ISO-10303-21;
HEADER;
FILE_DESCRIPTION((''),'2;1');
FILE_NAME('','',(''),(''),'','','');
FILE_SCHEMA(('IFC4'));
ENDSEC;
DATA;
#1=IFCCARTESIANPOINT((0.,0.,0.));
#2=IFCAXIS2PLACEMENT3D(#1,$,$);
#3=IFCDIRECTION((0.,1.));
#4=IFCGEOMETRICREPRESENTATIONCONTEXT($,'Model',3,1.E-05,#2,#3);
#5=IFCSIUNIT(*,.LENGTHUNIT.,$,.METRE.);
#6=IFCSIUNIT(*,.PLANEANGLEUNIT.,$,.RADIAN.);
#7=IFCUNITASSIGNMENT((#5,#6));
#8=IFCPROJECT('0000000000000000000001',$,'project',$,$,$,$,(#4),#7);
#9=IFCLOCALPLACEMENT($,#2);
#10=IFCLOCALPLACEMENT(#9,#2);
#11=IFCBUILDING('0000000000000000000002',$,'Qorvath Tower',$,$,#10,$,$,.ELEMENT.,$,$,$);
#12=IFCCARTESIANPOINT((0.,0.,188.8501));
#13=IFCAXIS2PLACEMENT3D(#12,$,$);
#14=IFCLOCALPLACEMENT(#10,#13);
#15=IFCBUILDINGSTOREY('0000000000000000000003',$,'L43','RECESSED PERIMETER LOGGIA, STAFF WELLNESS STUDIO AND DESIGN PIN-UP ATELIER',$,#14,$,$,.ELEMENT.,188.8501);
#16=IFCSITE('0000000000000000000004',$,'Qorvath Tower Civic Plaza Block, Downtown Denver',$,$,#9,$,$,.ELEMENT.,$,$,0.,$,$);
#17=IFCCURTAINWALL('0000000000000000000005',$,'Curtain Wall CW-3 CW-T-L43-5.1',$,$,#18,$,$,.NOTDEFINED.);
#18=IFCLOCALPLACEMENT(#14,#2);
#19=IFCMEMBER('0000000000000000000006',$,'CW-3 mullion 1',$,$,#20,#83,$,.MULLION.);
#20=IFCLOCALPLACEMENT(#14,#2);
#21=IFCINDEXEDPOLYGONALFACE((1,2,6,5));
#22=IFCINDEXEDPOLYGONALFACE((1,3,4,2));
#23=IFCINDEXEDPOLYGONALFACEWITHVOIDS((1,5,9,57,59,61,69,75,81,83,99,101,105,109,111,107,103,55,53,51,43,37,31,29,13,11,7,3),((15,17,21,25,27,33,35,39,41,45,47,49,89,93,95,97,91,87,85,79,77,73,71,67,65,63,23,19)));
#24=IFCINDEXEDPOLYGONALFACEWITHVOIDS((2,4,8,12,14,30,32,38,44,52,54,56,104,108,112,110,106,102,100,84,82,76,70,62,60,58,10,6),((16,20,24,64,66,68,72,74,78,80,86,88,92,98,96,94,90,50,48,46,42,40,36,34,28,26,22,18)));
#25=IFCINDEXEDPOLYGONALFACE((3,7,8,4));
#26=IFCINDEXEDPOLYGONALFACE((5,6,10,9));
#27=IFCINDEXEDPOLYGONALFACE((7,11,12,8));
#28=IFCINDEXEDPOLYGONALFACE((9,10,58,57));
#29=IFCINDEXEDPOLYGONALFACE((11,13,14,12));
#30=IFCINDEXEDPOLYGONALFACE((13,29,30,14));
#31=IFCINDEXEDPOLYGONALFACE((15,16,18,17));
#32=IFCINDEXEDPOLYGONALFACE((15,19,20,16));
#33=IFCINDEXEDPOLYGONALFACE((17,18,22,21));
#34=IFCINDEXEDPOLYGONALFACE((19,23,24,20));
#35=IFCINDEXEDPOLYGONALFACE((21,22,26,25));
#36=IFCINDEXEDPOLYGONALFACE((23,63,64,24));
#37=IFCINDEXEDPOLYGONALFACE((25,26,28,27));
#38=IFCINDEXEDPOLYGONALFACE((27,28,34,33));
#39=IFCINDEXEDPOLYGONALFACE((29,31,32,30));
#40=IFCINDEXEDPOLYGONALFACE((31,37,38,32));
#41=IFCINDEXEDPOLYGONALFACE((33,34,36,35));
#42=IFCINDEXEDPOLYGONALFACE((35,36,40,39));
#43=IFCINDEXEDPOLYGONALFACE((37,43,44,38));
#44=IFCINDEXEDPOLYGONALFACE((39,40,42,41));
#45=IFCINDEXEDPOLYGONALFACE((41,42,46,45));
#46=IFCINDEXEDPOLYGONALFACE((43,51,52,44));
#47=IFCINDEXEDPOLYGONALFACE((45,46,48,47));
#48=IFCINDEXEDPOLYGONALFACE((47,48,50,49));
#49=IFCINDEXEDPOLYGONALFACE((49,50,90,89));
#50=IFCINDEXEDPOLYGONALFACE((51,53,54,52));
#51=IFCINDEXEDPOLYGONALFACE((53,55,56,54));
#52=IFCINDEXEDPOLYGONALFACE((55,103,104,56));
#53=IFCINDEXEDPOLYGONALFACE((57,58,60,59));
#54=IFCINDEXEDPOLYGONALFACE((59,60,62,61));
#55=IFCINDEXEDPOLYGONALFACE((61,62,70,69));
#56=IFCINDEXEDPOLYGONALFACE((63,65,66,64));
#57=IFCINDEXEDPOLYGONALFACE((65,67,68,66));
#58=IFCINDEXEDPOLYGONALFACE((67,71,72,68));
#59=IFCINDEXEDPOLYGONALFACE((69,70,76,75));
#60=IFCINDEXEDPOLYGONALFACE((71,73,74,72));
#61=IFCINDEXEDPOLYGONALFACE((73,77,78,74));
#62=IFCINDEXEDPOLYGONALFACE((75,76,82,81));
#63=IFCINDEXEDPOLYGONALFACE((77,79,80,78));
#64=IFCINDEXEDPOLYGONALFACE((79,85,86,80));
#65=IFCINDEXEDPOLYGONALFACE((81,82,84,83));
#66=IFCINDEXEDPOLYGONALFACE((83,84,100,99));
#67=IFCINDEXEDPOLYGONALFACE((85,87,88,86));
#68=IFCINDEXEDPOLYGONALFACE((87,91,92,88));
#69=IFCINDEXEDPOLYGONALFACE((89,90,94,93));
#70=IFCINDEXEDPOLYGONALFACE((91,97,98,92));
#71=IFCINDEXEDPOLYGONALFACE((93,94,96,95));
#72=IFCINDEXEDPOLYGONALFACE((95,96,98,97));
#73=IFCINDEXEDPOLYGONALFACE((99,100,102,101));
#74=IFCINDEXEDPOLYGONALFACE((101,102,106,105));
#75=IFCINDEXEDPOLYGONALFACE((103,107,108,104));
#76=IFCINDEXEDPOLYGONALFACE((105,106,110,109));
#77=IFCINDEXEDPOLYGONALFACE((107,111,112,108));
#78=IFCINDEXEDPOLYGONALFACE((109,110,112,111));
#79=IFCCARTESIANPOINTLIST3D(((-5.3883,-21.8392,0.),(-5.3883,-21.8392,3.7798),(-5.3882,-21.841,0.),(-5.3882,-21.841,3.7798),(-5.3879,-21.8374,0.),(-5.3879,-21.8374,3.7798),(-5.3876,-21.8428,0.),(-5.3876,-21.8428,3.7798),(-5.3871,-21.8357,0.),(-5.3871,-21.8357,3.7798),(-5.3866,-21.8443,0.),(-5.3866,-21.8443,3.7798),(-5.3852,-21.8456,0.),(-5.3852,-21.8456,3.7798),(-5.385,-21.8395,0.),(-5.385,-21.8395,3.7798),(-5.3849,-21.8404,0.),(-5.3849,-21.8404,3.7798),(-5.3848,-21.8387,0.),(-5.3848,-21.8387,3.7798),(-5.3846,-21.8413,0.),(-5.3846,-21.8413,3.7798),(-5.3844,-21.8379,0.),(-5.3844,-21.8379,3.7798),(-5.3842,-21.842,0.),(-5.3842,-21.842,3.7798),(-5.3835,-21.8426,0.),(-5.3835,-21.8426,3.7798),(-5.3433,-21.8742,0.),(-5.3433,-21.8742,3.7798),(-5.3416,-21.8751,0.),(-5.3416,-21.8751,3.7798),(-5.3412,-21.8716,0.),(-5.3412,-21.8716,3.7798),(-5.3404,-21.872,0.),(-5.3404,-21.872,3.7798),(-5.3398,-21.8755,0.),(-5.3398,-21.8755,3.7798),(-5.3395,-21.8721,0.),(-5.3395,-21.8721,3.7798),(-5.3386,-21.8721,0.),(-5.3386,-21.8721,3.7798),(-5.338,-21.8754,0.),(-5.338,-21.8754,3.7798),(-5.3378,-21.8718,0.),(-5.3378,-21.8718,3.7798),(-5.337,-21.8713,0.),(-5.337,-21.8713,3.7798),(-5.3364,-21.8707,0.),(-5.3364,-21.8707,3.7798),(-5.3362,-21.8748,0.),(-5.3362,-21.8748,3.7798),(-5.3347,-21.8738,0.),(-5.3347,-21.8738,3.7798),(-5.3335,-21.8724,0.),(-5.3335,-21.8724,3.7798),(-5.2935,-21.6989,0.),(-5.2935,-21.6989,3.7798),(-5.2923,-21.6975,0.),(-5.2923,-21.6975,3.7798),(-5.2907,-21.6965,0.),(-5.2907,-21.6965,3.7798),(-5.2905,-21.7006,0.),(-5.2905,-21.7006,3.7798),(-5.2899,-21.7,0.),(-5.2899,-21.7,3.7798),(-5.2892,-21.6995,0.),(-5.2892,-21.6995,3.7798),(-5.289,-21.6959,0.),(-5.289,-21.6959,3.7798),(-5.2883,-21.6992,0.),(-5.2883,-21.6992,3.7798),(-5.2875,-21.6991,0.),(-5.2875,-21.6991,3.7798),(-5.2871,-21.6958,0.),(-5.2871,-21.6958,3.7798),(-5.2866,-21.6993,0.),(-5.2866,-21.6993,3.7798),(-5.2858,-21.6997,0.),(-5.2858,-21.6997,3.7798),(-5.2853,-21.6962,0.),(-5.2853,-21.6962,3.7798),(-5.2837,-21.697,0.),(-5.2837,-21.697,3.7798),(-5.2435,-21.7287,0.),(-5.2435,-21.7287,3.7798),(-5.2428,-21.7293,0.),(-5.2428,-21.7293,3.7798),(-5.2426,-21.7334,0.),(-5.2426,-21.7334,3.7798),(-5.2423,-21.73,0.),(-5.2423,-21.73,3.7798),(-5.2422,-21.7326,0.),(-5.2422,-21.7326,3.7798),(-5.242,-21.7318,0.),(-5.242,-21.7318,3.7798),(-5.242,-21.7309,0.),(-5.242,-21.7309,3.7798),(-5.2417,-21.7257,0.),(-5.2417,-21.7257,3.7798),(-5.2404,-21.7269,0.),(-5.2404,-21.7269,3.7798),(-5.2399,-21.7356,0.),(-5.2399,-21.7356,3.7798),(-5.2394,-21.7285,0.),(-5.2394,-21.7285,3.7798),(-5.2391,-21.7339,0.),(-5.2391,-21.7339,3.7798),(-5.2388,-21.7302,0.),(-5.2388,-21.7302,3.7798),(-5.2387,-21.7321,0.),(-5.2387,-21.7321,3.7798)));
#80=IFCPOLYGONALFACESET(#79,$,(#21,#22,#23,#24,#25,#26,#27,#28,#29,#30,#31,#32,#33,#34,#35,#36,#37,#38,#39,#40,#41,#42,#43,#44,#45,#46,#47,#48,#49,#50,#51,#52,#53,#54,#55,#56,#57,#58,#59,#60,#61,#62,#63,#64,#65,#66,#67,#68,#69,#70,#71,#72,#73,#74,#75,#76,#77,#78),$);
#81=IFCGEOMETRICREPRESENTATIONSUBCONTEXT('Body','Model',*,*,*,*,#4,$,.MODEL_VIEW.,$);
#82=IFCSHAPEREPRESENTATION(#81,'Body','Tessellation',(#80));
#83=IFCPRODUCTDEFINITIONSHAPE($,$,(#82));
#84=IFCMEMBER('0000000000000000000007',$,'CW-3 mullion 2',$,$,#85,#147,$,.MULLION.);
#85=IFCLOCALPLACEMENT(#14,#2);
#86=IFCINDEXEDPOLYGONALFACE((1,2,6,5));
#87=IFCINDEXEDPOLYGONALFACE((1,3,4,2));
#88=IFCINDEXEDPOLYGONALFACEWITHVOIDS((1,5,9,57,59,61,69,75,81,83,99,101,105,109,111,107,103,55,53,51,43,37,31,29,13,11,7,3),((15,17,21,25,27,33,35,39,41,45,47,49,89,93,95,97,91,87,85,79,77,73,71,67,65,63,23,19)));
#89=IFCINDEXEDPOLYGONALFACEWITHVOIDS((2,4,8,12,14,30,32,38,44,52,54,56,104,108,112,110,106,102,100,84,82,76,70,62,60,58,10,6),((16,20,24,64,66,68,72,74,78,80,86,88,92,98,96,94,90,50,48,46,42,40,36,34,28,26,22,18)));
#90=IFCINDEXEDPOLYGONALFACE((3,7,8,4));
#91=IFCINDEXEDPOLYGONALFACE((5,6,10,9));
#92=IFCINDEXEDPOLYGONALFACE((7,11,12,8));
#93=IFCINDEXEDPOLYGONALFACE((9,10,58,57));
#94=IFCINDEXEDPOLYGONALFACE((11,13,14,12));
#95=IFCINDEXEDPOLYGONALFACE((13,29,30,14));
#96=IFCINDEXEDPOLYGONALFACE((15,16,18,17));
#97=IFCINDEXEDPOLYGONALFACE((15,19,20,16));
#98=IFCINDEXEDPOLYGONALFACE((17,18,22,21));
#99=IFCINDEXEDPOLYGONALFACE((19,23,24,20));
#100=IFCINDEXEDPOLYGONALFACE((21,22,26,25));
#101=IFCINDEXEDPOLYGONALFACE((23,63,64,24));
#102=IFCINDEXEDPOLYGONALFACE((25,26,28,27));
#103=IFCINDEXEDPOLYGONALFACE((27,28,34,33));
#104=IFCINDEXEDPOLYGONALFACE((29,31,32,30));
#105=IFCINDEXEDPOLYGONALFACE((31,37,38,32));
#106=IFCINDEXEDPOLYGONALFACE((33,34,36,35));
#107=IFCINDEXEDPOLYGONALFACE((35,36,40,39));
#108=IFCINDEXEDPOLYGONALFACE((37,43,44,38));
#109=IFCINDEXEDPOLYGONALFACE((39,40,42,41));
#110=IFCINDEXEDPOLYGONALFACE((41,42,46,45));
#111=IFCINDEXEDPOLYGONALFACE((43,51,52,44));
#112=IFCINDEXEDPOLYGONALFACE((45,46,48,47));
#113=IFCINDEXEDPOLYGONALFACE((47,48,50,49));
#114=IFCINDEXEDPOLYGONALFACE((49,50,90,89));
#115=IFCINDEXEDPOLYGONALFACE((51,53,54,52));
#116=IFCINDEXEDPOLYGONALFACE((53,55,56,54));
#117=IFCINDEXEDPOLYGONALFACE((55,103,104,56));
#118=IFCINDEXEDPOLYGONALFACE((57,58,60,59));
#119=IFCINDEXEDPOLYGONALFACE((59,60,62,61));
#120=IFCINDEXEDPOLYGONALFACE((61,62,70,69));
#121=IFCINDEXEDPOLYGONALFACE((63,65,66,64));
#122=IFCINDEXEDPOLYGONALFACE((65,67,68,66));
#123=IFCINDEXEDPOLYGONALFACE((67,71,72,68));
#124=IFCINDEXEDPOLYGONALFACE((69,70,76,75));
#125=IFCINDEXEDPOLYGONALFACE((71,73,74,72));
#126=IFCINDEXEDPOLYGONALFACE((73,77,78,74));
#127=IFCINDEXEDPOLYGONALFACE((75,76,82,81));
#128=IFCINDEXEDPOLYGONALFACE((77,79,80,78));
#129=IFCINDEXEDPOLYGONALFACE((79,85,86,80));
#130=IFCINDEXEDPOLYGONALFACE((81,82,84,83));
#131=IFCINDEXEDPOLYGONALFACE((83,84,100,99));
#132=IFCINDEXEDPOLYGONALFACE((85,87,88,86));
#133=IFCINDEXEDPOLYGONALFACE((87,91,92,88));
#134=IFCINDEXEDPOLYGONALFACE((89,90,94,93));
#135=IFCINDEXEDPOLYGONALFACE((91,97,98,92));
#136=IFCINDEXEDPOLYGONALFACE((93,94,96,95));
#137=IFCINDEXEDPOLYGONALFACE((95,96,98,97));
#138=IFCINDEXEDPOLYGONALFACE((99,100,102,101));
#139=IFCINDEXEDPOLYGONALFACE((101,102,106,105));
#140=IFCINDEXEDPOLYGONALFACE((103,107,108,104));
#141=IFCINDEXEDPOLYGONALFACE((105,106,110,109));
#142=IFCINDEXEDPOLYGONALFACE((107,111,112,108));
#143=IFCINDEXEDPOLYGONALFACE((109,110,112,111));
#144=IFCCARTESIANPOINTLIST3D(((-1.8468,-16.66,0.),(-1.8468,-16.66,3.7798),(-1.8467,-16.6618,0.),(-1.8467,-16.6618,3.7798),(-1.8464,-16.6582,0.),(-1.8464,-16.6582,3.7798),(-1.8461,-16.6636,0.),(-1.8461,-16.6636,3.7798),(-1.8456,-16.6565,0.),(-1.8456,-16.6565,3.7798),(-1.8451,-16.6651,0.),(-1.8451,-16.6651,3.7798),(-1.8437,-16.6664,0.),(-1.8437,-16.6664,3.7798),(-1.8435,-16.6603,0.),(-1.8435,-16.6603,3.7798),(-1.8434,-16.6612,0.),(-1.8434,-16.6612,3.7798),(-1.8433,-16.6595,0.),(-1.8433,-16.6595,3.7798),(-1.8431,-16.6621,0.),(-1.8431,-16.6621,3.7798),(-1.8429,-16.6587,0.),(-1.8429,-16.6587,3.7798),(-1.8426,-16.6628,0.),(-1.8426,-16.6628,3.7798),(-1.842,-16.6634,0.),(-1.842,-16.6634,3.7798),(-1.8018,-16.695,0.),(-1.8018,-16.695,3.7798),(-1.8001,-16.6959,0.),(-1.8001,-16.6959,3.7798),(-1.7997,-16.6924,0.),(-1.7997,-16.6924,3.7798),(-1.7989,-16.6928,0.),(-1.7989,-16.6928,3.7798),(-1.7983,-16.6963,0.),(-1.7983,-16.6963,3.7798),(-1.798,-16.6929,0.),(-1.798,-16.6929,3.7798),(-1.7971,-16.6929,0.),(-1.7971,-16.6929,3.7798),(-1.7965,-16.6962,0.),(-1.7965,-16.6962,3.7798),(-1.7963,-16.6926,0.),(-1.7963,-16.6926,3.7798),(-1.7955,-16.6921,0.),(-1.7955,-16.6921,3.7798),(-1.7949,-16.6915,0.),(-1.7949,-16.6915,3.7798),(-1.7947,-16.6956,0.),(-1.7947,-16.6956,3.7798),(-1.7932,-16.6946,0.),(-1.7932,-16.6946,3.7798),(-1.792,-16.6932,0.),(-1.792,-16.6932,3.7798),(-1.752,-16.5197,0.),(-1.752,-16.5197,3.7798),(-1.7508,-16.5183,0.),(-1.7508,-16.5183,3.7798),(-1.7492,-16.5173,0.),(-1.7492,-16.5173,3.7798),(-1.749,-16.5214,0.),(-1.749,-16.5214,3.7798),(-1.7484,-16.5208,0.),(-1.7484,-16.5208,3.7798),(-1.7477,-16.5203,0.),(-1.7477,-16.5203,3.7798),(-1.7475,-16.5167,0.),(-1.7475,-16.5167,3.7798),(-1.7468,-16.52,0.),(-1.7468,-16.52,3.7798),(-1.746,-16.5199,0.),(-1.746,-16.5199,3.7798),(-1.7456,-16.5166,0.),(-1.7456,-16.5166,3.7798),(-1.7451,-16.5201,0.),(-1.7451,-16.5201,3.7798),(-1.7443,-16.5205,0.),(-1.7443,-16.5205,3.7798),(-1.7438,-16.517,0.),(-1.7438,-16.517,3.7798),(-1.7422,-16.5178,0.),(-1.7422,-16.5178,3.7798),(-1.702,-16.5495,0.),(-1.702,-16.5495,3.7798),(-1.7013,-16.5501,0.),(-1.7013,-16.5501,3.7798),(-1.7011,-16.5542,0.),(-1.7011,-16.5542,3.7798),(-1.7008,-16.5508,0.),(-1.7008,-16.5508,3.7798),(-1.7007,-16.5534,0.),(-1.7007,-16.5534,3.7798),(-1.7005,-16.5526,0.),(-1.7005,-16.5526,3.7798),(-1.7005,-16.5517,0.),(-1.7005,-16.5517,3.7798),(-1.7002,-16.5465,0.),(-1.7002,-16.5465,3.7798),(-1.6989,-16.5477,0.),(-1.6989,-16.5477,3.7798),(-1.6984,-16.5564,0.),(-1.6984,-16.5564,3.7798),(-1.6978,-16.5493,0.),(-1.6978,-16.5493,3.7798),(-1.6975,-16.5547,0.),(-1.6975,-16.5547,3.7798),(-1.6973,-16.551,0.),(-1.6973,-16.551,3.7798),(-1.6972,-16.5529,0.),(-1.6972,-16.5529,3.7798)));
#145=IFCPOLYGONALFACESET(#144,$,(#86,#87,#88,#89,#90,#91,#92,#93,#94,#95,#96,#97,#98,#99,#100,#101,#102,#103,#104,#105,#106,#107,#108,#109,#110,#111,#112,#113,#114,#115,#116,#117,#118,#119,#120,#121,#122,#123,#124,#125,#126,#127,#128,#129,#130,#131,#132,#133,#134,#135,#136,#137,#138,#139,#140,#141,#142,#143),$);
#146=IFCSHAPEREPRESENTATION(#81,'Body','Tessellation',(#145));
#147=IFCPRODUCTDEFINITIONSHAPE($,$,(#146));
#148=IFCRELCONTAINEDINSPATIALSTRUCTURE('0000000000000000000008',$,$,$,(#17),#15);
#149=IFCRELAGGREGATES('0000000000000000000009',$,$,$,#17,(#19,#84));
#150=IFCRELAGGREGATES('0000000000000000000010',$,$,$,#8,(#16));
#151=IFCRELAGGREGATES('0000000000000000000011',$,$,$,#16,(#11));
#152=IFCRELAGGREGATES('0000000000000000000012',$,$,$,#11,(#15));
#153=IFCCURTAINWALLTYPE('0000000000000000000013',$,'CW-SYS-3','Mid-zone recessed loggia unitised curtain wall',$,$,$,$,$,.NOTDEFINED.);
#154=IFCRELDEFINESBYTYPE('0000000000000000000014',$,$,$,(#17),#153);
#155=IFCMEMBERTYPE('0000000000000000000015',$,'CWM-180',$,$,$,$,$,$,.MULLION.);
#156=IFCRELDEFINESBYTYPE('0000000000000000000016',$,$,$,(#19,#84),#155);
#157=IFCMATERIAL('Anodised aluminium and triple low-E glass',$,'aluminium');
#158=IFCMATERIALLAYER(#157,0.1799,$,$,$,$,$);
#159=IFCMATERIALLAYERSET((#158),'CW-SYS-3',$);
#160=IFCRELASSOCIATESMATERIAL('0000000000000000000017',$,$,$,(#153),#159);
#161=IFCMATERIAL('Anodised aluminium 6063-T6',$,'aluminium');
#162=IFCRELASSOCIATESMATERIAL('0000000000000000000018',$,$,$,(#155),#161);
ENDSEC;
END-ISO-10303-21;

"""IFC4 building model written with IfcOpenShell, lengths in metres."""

from ifc_helpers import new_model, si_unit, direction, frame, origin, origin_2d, place, context, subcontext, project, spatial, hollow_rectangle, extrude, material, layer, layer_set, material_profile, profile_set, type_object, element, aggregate, save


model = new_model("IFC4")

# Units and contexts
model_context = context("Model", 3, precision=1e-05, world=origin(), true_north=direction((0.0, 1.0)))
body_context = subcontext(model_context, "Body", "Model", "MODEL_VIEW")
ifc_project = project(units=[si_unit("LENGTHUNIT", "METRE"), si_unit("PLANEANGLEUNIT", "RADIAN")], contexts=[model_context])

# Site, building, storey
site_placement = place(None, origin())
site = spatial("IfcSite", under=ifc_project, at=site_placement, Name="Qorvath Tower Civic Plaza Block, Downtown Denver", CompositionType="ELEMENT", RefElevation=0.0)
building_placement = place(site_placement, origin())
building = spatial("IfcBuilding", under=site, at=building_placement, Name="Qorvath Tower", CompositionType="ELEMENT")
storey_placement = place(building_placement, frame((0.0, 0.0, 188.8501)))
storey = spatial("IfcBuildingStorey", under=building, at=storey_placement, Name="L43", Description="RECESSED PERIMETER LOGGIA, STAFF WELLNESS STUDIO AND DESIGN PIN-UP ATELIER", CompositionType="ELEMENT", Elevation=188.8501)

# Shared definitions
ifc_material_1 = material(Name="Anodised aluminium and triple low-E glass", Category="aluminium")
ifc_layer_1 = layer(ifc_material_1, 0.1799)
ifc_layer_set_1 = layer_set([ifc_layer_1], Name="CW-SYS-3")
curtain_wall_type = type_object("IfcCurtainWallType", Name="CW-SYS-3", Description="Mid-zone recessed loggia unitised curtain wall", PredefinedType="NOTDEFINED", material=ifc_layer_set_1)
ifc_material_2 = material(Name="Anodised aluminium 6063-T6", Category="aluminium")
ifc_material_profile_1 = material_profile(ifc_material_2, hollow_rectangle(XDim=0.0649, YDim=0.1799, WallThickness=0.0034, InnerFilletRadius=0.0034, OuterFilletRadius=0.0071, at=origin_2d()), Name="CWM 180x65")
ifc_profile_set_1 = profile_set([ifc_material_profile_1], Name="Anodised aluminium 6063-T6")
member_type_1 = type_object("IfcMemberType", Name="CWM-180", PredefinedType="MULLION", material=ifc_profile_set_1)

# Curtain wall, members
curtain_wall_1_placement = place(storey_placement, origin())
curtain_wall_1 = element("IfcCurtainWall", 1, at=curtain_wall_1_placement, inside=storey, type_object=curtain_wall_type, Name="Curtain Wall CW-3 CW-T-L43-5.1", PredefinedType="NOTDEFINED")
member_1_placement = place(storey_placement, frame((-5.3135, -21.7856, 0.0), z_axis=(0.0, 0.0, 1.0), x_axis=(-0.825477, 0.564436, 0.0)))
member_1 = element("IfcMember", 2, at=member_1_placement, type_object=member_type_1, Name="CW-3 mullion 1", PredefinedType="MULLION", context=body_context, shape_type="SweptSolid", body=[
    extrude(hollow_rectangle(XDim=0.0649, YDim=0.1799, WallThickness=0.0034, InnerFilletRadius=0.0034, OuterFilletRadius=0.0071, at=origin_2d()), origin(), (0.0, 0.0, 1.0), 3.7798),
])
member_2_placement = place(storey_placement, frame((-1.772, -16.6064, 0.0), z_axis=(0.0, 0.0, 1.0), x_axis=(-0.825477, 0.564436, 0.0)))
member_2 = element("IfcMember", 3, at=member_2_placement, type_object=member_type_1, Name="CW-3 mullion 2", PredefinedType="MULLION", context=body_context, shape_type="SweptSolid", body=[
    extrude(hollow_rectangle(XDim=0.0649, YDim=0.1799, WallThickness=0.0034, InnerFilletRadius=0.0034, OuterFilletRadius=0.0071, at=origin_2d()), origin(), (0.0, 0.0, 1.0), 3.7798),
])

aggregate(curtain_wall_1, [member_1, member_2])

save(model, "model.ifc")
